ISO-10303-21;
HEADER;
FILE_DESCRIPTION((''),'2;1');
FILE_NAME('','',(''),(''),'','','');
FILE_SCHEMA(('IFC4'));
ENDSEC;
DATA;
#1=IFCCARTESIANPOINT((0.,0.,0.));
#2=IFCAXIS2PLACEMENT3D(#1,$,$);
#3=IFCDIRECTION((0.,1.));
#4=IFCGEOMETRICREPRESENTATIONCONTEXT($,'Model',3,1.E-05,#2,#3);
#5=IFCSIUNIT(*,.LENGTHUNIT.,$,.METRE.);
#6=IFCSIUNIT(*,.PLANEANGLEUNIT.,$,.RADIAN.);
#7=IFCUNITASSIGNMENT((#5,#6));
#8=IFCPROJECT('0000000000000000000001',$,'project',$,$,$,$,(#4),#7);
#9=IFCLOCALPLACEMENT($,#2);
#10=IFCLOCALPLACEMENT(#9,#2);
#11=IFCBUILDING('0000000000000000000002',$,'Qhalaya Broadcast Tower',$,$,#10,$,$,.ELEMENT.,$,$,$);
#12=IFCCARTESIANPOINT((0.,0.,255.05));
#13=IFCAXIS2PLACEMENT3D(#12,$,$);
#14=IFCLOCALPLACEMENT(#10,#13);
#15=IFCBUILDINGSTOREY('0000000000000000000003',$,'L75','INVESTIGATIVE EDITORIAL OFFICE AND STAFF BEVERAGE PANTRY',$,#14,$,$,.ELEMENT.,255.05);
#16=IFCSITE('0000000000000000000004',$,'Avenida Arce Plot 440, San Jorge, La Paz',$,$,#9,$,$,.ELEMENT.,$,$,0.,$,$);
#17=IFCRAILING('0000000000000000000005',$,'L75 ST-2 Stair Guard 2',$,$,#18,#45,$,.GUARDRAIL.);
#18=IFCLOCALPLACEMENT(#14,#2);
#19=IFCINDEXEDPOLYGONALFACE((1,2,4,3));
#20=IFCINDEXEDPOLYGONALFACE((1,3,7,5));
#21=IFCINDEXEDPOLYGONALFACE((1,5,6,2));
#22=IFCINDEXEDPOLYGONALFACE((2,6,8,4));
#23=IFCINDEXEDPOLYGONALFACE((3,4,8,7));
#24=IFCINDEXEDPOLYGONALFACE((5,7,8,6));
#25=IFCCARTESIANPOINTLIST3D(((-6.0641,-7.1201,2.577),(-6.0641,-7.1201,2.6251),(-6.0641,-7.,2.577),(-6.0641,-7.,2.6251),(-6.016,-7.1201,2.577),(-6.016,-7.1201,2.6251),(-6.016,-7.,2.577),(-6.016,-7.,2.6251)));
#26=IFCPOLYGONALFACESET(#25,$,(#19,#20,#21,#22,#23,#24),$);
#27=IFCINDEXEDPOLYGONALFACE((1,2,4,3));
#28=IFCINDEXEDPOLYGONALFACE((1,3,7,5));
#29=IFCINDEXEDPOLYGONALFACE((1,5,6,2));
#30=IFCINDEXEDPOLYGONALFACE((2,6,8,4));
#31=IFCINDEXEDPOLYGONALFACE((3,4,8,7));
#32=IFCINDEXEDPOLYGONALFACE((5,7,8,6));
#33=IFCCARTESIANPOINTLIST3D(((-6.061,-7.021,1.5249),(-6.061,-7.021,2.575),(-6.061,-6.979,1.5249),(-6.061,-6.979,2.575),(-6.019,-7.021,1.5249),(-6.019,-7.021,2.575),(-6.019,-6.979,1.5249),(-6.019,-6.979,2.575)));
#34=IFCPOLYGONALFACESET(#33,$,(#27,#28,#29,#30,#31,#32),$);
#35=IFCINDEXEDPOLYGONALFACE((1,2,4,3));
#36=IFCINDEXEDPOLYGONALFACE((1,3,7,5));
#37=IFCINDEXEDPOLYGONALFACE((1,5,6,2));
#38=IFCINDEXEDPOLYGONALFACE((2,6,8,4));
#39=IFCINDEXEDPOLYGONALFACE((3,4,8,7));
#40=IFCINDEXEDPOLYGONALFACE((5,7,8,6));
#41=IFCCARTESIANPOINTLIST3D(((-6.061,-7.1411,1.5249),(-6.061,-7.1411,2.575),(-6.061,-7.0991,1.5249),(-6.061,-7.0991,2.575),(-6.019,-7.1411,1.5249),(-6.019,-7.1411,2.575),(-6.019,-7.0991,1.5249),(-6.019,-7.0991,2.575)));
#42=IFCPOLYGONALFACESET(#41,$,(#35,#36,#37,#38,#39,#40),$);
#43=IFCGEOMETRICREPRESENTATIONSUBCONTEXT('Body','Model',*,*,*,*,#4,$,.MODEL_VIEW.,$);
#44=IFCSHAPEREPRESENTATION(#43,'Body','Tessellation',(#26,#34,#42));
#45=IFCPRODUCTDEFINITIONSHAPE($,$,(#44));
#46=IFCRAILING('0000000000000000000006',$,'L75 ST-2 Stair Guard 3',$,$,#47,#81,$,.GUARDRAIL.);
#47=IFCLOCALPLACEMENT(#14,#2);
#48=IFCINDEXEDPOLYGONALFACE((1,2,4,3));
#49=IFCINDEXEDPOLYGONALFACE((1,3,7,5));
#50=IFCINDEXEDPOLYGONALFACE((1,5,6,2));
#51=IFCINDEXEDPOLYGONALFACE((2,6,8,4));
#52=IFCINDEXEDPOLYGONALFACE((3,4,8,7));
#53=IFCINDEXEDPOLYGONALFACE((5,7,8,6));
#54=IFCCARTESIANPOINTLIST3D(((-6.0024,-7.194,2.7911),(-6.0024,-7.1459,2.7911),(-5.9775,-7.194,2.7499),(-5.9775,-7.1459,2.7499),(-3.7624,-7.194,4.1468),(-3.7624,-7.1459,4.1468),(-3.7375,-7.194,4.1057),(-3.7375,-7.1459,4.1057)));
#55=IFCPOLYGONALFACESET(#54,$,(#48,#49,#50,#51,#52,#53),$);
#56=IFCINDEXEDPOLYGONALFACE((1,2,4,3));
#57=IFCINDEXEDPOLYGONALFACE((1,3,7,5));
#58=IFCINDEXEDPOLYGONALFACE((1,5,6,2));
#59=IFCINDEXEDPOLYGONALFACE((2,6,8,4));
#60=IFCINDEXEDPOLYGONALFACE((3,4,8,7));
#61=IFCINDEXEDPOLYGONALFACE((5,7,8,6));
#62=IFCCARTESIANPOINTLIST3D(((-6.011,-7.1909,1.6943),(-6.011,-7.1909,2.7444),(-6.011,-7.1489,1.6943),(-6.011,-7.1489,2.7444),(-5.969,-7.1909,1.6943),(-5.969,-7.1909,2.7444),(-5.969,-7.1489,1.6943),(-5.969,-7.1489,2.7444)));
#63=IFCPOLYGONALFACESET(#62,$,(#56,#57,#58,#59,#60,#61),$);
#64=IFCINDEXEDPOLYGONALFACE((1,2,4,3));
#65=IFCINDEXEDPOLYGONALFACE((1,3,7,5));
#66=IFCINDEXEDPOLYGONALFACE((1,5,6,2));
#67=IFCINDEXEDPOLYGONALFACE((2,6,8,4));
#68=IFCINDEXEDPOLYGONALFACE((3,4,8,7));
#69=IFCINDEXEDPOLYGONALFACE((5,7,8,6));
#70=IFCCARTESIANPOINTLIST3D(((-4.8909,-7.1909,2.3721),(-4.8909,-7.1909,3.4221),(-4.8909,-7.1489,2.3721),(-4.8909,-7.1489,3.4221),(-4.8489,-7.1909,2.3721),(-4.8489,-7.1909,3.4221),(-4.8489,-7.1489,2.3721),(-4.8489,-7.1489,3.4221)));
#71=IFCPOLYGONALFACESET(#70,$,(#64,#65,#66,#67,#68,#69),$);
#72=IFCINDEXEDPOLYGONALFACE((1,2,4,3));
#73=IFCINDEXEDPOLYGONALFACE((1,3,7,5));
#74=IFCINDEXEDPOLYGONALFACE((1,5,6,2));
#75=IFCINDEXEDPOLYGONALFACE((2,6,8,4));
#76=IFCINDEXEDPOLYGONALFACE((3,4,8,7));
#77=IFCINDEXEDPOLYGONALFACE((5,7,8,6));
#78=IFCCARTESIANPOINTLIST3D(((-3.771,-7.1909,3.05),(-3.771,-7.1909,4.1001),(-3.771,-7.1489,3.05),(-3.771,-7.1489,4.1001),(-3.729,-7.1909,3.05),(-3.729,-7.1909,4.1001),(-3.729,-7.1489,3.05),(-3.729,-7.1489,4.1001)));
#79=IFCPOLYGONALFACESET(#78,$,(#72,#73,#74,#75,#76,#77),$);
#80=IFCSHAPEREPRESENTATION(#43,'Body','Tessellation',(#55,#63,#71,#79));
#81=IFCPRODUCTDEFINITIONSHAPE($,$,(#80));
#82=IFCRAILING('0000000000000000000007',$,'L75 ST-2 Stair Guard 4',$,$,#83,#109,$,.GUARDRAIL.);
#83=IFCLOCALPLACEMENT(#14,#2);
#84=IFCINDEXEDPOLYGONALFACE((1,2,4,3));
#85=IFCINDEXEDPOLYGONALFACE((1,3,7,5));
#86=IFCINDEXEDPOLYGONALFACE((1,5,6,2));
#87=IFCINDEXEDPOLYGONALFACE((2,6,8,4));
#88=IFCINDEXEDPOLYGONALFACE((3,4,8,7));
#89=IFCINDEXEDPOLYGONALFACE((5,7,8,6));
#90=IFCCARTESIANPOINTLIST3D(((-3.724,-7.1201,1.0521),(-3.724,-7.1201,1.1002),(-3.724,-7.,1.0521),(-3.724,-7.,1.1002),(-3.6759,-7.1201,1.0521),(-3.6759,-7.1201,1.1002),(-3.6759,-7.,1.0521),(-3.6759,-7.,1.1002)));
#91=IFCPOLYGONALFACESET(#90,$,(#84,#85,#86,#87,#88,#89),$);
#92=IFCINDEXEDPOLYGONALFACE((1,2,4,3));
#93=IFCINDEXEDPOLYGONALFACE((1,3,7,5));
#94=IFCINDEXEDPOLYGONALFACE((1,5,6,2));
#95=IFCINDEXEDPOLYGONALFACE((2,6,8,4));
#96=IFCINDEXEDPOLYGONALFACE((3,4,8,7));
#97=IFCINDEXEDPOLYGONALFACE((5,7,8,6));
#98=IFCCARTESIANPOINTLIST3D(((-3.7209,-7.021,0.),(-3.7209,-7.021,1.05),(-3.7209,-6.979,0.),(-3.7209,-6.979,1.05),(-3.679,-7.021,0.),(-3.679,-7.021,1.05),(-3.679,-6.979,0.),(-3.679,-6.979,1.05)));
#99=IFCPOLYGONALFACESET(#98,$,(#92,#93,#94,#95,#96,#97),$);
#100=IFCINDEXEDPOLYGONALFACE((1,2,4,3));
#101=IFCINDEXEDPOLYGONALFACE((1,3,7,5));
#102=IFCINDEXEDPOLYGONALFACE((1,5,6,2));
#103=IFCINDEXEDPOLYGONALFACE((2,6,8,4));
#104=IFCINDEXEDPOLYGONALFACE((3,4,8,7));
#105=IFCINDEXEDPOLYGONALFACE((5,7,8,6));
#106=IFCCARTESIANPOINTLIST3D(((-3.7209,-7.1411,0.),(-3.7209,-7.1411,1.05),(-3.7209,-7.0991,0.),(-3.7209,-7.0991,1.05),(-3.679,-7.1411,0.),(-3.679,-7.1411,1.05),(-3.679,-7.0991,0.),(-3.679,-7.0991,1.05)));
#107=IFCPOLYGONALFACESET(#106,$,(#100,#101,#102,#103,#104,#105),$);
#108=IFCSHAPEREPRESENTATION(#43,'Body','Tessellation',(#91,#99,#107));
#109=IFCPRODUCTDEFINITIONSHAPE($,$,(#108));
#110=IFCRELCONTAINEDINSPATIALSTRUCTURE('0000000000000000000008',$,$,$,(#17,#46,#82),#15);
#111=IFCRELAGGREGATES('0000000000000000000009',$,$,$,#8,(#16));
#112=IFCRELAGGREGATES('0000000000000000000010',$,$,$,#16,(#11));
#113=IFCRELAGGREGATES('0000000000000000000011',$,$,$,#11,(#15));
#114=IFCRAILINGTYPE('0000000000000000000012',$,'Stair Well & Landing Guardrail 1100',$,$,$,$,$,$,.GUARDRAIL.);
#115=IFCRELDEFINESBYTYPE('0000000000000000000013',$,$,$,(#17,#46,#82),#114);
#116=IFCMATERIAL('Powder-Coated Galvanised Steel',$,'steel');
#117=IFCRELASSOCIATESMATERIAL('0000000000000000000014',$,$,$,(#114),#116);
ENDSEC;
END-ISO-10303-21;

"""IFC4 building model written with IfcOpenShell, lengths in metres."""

from ifc_helpers import new_model, si_unit, direction, frame, origin, origin_2d, place, context, subcontext, project, spatial, rectangle, extrude, material, type_object, element, save


model = new_model("IFC4")

# Units and contexts
model_context = context("Model", 3, precision=1e-05, world=origin(), true_north=direction((0.0, 1.0)))
body_context = subcontext(model_context, "Body", "Model", "MODEL_VIEW")
ifc_project = project(units=[si_unit("LENGTHUNIT", "METRE"), si_unit("PLANEANGLEUNIT", "RADIAN")], contexts=[model_context])

# Site, building, storey
site_placement = place(None, origin())
site = spatial("IfcSite", under=ifc_project, at=site_placement, Name="Avenida Arce Plot 440, San Jorge, La Paz", CompositionType="ELEMENT", RefElevation=0.0)
building_placement = place(site_placement, origin())
building = spatial("IfcBuilding", under=site, at=building_placement, Name="Qhalaya Broadcast Tower", CompositionType="ELEMENT")
storey_placement = place(building_placement, frame((0.0, 0.0, 255.05)))
storey = spatial("IfcBuildingStorey", under=building, at=storey_placement, Name="L75", Description="INVESTIGATIVE EDITORIAL OFFICE AND STAFF BEVERAGE PANTRY", CompositionType="ELEMENT", Elevation=255.05)

# Railings
ifc_material_1 = material(Name="Powder-Coated Galvanised Steel", Category="steel")
railing_type_1 = type_object("IfcRailingType", Name="Stair Well & Landing Guardrail 1100", PredefinedType="GUARDRAIL", material=ifc_material_1)
railing_1_placement = place(storey_placement, frame((-6.04, -7.0, 1.5249)))
element("IfcRailing", 1, at=railing_1_placement, inside=storey, type_object=railing_type_1, Name="L75 ST-2 Stair Guard 2", PredefinedType="GUARDRAIL", context=body_context, shape_type="SweptSolid", body=[
    extrude(rectangle(XDim=0.0481, YDim=0.0481, at=origin_2d()), frame((0.0, 0.0, 1.0762), z_axis=(0.0, -1.0, 0.0), x_axis=(1.0, 0.0, 0.0)), (0.0, 0.0, 1.0), 0.1201),
    extrude(rectangle(XDim=0.042, YDim=0.042, at=origin_2d()), origin(), (0.0, 0.0, 1.0), 1.05),
    extrude(rectangle(XDim=0.042, YDim=0.042, at=origin_2d()), frame((0.0, -0.1201, 0.0)), (0.0, 0.0, 1.0), 1.05),
])
railing_2_placement = place(storey_placement, frame((-5.99, -7.1699, 1.6943)))
element("IfcRailing", 2, at=railing_2_placement, inside=storey, type_object=railing_type_1, Name="L75 ST-2 Stair Guard 3", PredefinedType="GUARDRAIL", context=body_context, shape_type="SweptSolid", body=[
    extrude(rectangle(XDim=0.0481, YDim=0.0481, at=origin_2d()), frame((0.0, 0.0, 1.0762), z_axis=(0.855512, 0.0, 0.517783), x_axis=(0.0, 1.0, 0.0)), (0.0, 0.0, 1.0), 2.6184),
    extrude(rectangle(XDim=0.042, YDim=0.042, at=origin_2d()), origin(), (0.0, 0.0, 1.0), 1.05),
    extrude(rectangle(XDim=0.042, YDim=0.042, at=origin_2d()), frame((1.1201, 0.0, 0.6777)), (0.0, 0.0, 1.0), 1.05),
    extrude(rectangle(XDim=0.042, YDim=0.042, at=origin_2d()), frame((2.24, 0.0, 1.3557)), (0.0, 0.0, 1.0), 1.05),
])
railing_3_placement = place(storey_placement, frame((-3.7, -7.0, 0.0)))
element("IfcRailing", 3, at=railing_3_placement, inside=storey, type_object=railing_type_1, Name="L75 ST-2 Stair Guard 4", PredefinedType="GUARDRAIL", context=body_context, shape_type="SweptSolid", body=[
    extrude(rectangle(XDim=0.0481, YDim=0.0481, at=origin_2d()), frame((0.0, 0.0, 1.0762), z_axis=(0.0, -1.0, 0.0), x_axis=(1.0, 0.0, 0.0)), (0.0, 0.0, 1.0), 0.1201),
    extrude(rectangle(XDim=0.042, YDim=0.042, at=origin_2d()), origin(), (0.0, 0.0, 1.0), 1.05),
    extrude(rectangle(XDim=0.042, YDim=0.042, at=origin_2d()), frame((0.0, -0.1201, 0.0)), (0.0, 0.0, 1.0), 1.05),
])

save(model, "model.ifc")
